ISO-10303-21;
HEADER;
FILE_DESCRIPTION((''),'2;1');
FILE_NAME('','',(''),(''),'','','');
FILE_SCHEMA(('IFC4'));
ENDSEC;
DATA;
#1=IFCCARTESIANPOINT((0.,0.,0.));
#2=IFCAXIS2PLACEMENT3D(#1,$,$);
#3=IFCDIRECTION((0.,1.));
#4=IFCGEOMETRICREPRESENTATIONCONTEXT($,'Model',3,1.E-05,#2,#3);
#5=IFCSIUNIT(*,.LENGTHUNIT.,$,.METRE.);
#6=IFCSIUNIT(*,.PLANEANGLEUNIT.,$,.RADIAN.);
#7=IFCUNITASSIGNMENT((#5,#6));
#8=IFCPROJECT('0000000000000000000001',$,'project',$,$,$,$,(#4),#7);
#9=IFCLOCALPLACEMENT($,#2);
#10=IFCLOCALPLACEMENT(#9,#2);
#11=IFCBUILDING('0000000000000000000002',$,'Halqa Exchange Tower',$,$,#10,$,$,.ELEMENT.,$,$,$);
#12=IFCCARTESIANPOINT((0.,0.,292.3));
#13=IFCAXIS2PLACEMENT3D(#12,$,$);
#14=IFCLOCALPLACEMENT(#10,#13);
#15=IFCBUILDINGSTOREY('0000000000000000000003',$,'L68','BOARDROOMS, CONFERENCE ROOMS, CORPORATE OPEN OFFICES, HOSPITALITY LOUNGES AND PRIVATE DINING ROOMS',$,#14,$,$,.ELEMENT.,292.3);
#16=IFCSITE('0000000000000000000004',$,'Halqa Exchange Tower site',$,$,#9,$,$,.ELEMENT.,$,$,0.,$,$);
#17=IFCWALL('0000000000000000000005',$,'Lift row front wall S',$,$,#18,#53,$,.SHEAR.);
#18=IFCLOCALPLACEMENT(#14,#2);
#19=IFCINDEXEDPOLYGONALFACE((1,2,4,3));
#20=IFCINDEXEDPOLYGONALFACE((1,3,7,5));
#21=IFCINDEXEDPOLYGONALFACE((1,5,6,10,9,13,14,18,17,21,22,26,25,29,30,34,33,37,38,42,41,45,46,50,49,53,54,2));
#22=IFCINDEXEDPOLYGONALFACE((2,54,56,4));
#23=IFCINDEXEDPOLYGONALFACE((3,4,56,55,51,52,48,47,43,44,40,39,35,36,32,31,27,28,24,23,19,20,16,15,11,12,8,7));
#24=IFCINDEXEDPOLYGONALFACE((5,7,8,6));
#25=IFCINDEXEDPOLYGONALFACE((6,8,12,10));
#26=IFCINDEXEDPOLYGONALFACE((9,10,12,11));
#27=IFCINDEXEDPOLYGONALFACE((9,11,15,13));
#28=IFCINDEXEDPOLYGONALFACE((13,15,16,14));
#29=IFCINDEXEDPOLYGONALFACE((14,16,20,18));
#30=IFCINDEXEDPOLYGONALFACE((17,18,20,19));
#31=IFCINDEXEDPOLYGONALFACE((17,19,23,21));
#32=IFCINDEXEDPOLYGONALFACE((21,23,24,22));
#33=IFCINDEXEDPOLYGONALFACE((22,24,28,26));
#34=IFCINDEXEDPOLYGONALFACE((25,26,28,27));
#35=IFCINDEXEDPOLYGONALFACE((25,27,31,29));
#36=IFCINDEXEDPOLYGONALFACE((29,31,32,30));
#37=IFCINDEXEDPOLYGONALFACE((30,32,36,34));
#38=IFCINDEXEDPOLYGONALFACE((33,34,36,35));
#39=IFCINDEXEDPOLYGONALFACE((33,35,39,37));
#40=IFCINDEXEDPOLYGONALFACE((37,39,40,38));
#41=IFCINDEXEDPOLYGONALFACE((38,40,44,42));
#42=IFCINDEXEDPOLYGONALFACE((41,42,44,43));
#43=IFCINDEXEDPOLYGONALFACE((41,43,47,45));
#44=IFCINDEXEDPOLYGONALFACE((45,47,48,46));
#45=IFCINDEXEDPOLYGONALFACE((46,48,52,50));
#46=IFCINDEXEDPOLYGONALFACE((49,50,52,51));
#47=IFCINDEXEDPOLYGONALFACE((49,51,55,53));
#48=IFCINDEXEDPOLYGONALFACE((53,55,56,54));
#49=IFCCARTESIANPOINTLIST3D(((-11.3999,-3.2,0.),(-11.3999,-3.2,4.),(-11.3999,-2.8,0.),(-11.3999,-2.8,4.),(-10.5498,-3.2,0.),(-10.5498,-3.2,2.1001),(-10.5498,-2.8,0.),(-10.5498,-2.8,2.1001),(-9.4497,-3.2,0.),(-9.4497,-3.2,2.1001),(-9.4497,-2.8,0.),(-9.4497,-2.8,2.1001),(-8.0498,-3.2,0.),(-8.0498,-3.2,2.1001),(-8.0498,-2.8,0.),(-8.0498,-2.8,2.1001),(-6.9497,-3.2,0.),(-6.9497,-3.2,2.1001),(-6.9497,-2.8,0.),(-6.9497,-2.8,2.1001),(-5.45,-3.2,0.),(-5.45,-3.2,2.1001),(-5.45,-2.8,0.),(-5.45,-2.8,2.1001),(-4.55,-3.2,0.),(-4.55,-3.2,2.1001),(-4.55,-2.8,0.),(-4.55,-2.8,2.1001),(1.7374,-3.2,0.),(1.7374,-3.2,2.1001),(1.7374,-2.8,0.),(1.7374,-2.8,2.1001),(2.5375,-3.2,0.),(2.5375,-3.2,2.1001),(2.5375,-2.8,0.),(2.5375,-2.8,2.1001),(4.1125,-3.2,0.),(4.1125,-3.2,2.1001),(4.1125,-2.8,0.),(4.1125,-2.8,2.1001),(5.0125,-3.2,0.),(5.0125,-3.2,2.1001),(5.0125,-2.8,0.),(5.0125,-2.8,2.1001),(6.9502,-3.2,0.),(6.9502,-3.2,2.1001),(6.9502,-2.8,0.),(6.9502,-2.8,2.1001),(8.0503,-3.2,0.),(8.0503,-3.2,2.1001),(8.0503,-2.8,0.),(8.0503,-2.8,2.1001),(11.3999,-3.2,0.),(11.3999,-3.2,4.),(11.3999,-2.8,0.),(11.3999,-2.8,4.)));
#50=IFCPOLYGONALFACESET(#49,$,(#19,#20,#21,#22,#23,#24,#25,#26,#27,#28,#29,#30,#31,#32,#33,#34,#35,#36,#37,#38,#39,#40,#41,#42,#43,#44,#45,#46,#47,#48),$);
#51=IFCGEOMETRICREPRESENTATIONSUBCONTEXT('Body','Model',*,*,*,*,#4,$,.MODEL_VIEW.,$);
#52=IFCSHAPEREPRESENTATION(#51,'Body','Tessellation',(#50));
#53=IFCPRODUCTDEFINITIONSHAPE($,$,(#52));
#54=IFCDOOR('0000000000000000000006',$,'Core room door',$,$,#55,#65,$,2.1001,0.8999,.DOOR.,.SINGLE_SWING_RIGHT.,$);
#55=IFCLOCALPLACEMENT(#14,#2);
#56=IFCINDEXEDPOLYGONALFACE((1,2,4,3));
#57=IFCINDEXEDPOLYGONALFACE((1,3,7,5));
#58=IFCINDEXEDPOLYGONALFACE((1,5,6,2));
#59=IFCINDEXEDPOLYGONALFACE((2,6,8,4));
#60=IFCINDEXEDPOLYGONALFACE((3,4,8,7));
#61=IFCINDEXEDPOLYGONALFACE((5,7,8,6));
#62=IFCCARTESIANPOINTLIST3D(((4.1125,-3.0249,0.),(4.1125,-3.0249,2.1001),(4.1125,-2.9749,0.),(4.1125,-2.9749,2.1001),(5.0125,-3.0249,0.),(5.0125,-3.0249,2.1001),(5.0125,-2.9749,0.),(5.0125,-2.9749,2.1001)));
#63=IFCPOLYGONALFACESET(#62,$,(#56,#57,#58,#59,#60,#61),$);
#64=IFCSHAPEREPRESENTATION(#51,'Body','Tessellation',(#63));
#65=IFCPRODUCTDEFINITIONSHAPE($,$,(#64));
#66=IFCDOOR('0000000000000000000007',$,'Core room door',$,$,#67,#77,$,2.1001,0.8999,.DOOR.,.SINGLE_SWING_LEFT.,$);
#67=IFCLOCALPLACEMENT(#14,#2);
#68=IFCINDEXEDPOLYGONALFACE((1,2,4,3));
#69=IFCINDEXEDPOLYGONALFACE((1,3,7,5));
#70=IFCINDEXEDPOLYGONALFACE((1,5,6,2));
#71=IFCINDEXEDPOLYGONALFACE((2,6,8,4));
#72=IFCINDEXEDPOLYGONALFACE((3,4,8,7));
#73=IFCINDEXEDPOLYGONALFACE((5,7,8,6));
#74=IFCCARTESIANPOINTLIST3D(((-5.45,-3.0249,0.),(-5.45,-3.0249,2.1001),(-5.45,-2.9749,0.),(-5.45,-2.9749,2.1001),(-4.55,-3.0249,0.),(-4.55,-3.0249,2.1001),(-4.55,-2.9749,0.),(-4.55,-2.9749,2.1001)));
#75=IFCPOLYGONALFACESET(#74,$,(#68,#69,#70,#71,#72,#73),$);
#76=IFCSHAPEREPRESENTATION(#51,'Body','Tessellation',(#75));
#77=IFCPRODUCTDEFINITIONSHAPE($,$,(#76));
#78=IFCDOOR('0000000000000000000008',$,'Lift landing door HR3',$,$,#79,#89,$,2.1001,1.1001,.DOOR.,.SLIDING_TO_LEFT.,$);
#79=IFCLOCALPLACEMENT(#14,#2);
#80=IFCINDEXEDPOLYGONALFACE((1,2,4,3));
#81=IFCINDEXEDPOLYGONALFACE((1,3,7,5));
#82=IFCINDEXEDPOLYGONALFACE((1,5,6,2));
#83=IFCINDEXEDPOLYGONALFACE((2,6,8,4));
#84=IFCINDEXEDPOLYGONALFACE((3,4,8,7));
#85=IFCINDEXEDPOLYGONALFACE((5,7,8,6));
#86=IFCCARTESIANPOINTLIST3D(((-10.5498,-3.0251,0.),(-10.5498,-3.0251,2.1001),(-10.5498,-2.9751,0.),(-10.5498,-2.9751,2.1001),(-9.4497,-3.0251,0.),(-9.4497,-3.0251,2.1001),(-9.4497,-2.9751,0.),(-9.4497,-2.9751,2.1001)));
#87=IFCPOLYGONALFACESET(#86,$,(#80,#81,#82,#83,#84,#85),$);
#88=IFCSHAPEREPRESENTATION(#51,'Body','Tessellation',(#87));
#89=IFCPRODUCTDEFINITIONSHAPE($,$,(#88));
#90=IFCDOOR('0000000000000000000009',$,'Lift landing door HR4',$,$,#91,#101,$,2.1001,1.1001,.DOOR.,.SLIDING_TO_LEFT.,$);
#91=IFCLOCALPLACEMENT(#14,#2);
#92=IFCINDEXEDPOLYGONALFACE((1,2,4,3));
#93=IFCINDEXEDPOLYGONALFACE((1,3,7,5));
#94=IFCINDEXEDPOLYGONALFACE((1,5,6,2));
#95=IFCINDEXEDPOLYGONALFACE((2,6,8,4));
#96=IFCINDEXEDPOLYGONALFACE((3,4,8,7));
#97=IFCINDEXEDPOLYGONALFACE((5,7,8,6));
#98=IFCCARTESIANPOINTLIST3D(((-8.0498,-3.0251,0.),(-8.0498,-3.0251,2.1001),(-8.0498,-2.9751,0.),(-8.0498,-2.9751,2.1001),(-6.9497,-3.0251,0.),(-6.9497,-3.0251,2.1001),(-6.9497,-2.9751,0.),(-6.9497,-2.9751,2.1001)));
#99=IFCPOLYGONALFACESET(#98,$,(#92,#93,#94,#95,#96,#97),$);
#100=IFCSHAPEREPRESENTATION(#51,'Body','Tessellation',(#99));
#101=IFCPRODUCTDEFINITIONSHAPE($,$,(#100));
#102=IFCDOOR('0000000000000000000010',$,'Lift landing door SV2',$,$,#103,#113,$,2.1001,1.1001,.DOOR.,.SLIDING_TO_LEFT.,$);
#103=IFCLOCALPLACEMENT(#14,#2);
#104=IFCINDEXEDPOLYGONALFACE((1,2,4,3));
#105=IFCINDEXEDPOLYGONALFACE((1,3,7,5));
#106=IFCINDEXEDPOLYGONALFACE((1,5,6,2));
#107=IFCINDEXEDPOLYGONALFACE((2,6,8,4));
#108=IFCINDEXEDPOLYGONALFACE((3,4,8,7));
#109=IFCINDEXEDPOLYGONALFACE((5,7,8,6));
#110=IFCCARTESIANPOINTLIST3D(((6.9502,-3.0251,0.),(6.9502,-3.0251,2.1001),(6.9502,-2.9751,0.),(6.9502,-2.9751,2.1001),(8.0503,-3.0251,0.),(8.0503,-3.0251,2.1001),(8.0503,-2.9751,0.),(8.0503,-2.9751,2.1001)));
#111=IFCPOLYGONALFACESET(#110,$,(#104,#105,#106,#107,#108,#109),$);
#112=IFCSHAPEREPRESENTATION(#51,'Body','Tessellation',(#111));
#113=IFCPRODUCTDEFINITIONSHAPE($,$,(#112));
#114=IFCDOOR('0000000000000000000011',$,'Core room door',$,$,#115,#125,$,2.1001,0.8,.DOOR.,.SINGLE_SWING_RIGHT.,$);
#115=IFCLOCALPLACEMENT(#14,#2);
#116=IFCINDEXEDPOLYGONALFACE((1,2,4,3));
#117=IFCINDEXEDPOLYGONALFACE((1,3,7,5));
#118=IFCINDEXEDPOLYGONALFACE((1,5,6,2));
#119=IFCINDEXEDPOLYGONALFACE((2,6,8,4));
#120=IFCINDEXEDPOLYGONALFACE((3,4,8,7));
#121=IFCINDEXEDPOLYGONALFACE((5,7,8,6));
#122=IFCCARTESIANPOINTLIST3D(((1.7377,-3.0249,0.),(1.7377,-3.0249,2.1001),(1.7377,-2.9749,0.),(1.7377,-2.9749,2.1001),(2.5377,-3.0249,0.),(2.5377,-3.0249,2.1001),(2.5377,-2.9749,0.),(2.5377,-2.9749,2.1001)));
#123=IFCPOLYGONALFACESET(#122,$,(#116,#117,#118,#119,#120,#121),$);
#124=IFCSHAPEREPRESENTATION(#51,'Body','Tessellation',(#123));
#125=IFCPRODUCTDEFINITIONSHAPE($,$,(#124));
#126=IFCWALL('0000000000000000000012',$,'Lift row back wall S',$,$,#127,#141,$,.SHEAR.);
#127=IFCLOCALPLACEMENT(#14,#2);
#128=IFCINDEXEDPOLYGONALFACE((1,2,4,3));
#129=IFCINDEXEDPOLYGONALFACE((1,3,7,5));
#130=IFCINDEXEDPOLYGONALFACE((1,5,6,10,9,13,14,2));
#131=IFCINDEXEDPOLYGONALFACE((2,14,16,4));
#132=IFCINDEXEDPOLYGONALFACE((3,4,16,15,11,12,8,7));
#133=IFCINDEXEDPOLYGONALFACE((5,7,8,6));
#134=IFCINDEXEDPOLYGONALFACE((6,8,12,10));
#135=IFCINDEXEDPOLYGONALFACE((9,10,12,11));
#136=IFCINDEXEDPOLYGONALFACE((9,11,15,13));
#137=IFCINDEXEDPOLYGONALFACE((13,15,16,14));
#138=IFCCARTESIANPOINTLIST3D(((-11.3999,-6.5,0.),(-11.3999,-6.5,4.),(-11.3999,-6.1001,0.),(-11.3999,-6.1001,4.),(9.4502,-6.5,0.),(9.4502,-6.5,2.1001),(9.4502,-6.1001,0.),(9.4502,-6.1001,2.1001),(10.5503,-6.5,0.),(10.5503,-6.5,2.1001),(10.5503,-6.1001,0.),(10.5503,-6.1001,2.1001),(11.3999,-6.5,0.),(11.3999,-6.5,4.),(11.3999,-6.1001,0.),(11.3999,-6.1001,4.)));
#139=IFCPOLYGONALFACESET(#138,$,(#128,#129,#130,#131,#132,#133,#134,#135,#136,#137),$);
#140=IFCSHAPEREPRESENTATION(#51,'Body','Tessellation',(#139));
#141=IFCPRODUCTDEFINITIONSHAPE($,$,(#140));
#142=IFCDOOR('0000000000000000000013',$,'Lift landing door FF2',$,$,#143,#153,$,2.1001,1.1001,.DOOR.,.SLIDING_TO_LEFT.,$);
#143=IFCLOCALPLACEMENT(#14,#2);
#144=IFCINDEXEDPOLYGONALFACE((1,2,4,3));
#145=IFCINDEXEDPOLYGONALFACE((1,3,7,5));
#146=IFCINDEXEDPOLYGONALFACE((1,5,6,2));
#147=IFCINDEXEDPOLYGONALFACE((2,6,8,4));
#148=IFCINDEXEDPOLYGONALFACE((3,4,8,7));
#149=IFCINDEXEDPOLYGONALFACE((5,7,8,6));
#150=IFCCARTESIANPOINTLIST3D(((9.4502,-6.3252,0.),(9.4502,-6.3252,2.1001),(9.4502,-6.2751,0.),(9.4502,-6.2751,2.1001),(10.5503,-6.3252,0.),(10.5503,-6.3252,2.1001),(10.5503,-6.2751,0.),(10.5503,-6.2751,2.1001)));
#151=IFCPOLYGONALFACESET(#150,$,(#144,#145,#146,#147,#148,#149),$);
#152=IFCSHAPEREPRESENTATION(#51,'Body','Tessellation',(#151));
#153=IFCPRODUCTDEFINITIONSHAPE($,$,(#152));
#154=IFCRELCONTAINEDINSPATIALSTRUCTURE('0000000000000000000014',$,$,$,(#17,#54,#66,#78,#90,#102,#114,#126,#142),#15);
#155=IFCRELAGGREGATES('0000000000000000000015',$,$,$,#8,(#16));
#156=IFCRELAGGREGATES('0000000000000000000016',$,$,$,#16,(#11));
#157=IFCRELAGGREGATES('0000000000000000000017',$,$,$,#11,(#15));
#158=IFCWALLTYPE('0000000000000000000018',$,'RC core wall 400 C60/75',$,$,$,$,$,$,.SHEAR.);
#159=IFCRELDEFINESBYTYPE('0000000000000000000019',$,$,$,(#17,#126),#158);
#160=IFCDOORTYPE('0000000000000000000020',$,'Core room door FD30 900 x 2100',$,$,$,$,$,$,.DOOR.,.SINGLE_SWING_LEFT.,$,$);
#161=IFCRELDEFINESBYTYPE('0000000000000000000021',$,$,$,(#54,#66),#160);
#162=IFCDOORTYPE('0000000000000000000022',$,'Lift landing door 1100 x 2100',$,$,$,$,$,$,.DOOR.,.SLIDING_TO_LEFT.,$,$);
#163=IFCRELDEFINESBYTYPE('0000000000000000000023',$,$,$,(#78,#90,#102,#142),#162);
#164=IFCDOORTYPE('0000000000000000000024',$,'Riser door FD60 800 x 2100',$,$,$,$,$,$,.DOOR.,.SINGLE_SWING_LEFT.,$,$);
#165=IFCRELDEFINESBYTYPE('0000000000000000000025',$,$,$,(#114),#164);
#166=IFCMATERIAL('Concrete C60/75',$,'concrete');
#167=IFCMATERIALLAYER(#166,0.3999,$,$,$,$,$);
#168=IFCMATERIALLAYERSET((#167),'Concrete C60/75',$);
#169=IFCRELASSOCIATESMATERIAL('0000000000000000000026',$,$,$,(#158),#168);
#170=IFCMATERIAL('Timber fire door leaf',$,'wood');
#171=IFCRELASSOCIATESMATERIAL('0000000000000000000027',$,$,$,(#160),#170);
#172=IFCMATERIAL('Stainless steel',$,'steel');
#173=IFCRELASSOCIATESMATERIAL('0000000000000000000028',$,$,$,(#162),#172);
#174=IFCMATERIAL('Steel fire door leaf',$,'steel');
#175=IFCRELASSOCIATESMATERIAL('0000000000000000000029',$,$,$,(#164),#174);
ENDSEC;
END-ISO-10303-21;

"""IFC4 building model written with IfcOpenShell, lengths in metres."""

from ifc_helpers import new_model, si_unit, direction, frame, frame_2d, origin, place, context, subcontext, project, spatial, rectangle, extrude, material, layer, layer_set, type_object, element, fill, save


model = new_model("IFC4")

# Units and contexts
model_context = context("Model", 3, precision=1e-05, world=origin(), true_north=direction((0.0, 1.0)))
body_context = subcontext(model_context, "Body", "Model", "MODEL_VIEW")
ifc_project = project(units=[si_unit("LENGTHUNIT", "METRE"), si_unit("PLANEANGLEUNIT", "RADIAN")], contexts=[model_context])

# Site, building, storey
site_placement = place(None, origin())
site = spatial("IfcSite", under=ifc_project, at=site_placement, Name="Halqa Exchange Tower site", CompositionType="ELEMENT", RefElevation=0.0)
building_placement = place(site_placement, origin())
building = spatial("IfcBuilding", under=site, at=building_placement, Name="Halqa Exchange Tower", CompositionType="ELEMENT")
storey_placement = place(building_placement, frame((0.0, 0.0, 292.3)))
storey = spatial("IfcBuildingStorey", under=building, at=storey_placement, Name="L68", Description="BOARDROOMS, CONFERENCE ROOMS, CORPORATE OPEN OFFICES, HOSPITALITY LOUNGES AND PRIVATE DINING ROOMS", CompositionType="ELEMENT", Elevation=292.3)

# Shared definitions
ifc_material_1 = material(Name="Concrete C60/75", Category="concrete")

# Wall, openings, doors
ifc_layer_1 = layer(ifc_material_1, 0.3999)
ifc_layer_set_1 = layer_set([ifc_layer_1], Name="Concrete C60/75")
wall_type_1 = type_object("IfcWallType", Name="RC core wall 400 C60/75", PredefinedType="SHEAR", material=ifc_layer_set_1)
wall_1_placement = place(storey_placement, frame((-11.3999, -3.0, 0.0), z_axis=(0.0, 0.0, 1.0), x_axis=(1.0, 0.0, 0.0)))
wall_1 = element("IfcWall", 1, at=wall_1_placement, inside=storey, type_object=wall_type_1, Name="Lift row front wall S", PredefinedType="SHEAR", context=body_context, shape_type="SweptSolid", body=[
    extrude(rectangle(XDim=22.7998, YDim=0.3999, at=frame_2d((11.3999, 0.0))), origin(), (0.0, 0.0, 1.0), 4.0),
])
opening_1_placement = place(wall_1_placement, frame((0.8501, 0.0, 0.0)))
opening_1 = element("IfcOpeningElement", 2, at=opening_1_placement, cuts=wall_1, PredefinedType="OPENING", context=body_context, shape_type="SweptSolid", body=[
    extrude(rectangle(XDim=1.1001, YDim=2.1001, at=frame_2d((0.55, 1.05))), frame((0.0, 0.2119, 0.0), z_axis=(0.0, -1.0, 0.0), x_axis=(1.0, 0.0, 0.0)), (0.0, 0.0, 1.0), 0.4238),
])
opening_2_placement = place(wall_1_placement, frame((3.3501, 0.0, 0.0)))
opening_2 = element("IfcOpeningElement", 3, at=opening_2_placement, cuts=wall_1, PredefinedType="OPENING", context=body_context, shape_type="SweptSolid", body=[
    extrude(rectangle(XDim=1.1001, YDim=2.1001, at=frame_2d((0.55, 1.05))), frame((0.0, 0.2119, 0.0), z_axis=(0.0, -1.0, 0.0), x_axis=(1.0, 0.0, 0.0)), (0.0, 0.0, 1.0), 0.4238),
])
opening_3_placement = place(wall_1_placement, frame((18.3501, 0.0, 0.0)))
opening_3 = element("IfcOpeningElement", 4, at=opening_3_placement, cuts=wall_1, PredefinedType="OPENING", context=body_context, shape_type="SweptSolid", body=[
    extrude(rectangle(XDim=1.1001, YDim=2.1001, at=frame_2d((0.55, 1.05))), frame((0.0, 0.2119, 0.0), z_axis=(0.0, -1.0, 0.0), x_axis=(1.0, 0.0, 0.0)), (0.0, 0.0, 1.0), 0.4238),
])
opening_4_placement = place(wall_1_placement, frame((13.1375, 0.0, 0.0)))
opening_4 = element("IfcOpeningElement", 5, at=opening_4_placement, cuts=wall_1, PredefinedType="OPENING", context=body_context, shape_type="SweptSolid", body=[
    extrude(rectangle(XDim=0.8, YDim=2.1001, at=frame_2d((0.3999, 1.05))), frame((0.0, 0.2119, 0.0), z_axis=(0.0, -1.0, 0.0), x_axis=(1.0, 0.0, 0.0)), (0.0, 0.0, 1.0), 0.4238),
])
opening_5_placement = place(wall_1_placement, frame((15.5125, 0.0, 0.0)))
opening_5 = element("IfcOpeningElement", 6, at=opening_5_placement, cuts=wall_1, PredefinedType="OPENING", context=body_context, shape_type="SweptSolid", body=[
    extrude(rectangle(XDim=0.8999, YDim=2.1001, at=frame_2d((0.45, 1.05))), frame((0.0, 0.2119, 0.0), z_axis=(0.0, -1.0, 0.0), x_axis=(1.0, 0.0, 0.0)), (0.0, 0.0, 1.0), 0.4238),
])
opening_6_placement = place(wall_1_placement, frame((5.95, 0.0, 0.0)))
opening_6 = element("IfcOpeningElement", 7, at=opening_6_placement, cuts=wall_1, PredefinedType="OPENING", context=body_context, shape_type="SweptSolid", body=[
    extrude(rectangle(XDim=0.8999, YDim=2.1001, at=frame_2d((0.45, 1.05))), frame((0.0, 0.2119, 0.0), z_axis=(0.0, -1.0, 0.0), x_axis=(1.0, 0.0, 0.0)), (0.0, 0.0, 1.0), 0.4238),
])
ifc_material_2 = material(Name="Timber fire door leaf", Category="wood")
door_type_1 = type_object("IfcDoorType", Name="Core room door FD30 900 x 2100", OperationType="SINGLE_SWING_LEFT", PredefinedType="DOOR", material=ifc_material_2)
door_1_placement = place(opening_5_placement, frame((0.8999, 0.0, 0.0), z_axis=(0.0, 0.0, 1.0), x_axis=(-1.0, 0.0, 0.0)))
door_1 = element("IfcDoor", 8, at=door_1_placement, inside=storey, type_object=door_type_1, Name="Core room door", OperationType="SINGLE_SWING_RIGHT", OverallHeight=2.1001, OverallWidth=0.8999, PredefinedType="DOOR", context=body_context, shape_type="SweptSolid", body=[
    extrude(rectangle(XDim=0.8999, YDim=2.1001, at=frame_2d((0.45, 1.05))), frame((0.0, 0.0249, 0.0), z_axis=(0.0, -1.0, 0.0), x_axis=(1.0, 0.0, 0.0)), (0.0, 0.0, 1.0), 0.05),
])
fill(opening_5, door_1)
door_2_placement = place(opening_6_placement, frame((0.8999, 0.0, 0.0), z_axis=(0.0, 0.0, 1.0), x_axis=(-1.0, 0.0, 0.0)))
door_2 = element("IfcDoor", 9, at=door_2_placement, inside=storey, type_object=door_type_1, Name="Core room door", OperationType="SINGLE_SWING_LEFT", OverallHeight=2.1001, OverallWidth=0.8999, PredefinedType="DOOR", context=body_context, shape_type="SweptSolid", body=[
    extrude(rectangle(XDim=0.8999, YDim=2.1001, at=frame_2d((0.45, 1.05))), frame((0.0, 0.0249, 0.0), z_axis=(0.0, -1.0, 0.0), x_axis=(1.0, 0.0, 0.0)), (0.0, 0.0, 1.0), 0.05),
])
fill(opening_6, door_2)
ifc_material_3 = material(Name="Stainless steel", Category="steel")
door_type_2 = type_object("IfcDoorType", Name="Lift landing door 1100 x 2100", OperationType="SLIDING_TO_LEFT", PredefinedType="DOOR", material=ifc_material_3)
door_3_placement = place(opening_1_placement, origin())
door_3 = element("IfcDoor", 10, at=door_3_placement, inside=storey, type_object=door_type_2, Name="Lift landing door HR3", OperationType="SLIDING_TO_LEFT", OverallHeight=2.1001, OverallWidth=1.1001, PredefinedType="DOOR", context=body_context, shape_type="SweptSolid", body=[
    extrude(rectangle(XDim=1.1001, YDim=2.1001, at=frame_2d((0.55, 1.05))), frame((0.0, 0.0249, 0.0), z_axis=(0.0, -1.0, 0.0), x_axis=(1.0, 0.0, 0.0)), (0.0, 0.0, 1.0), 0.05),
])
fill(opening_1, door_3)
door_4_placement = place(opening_2_placement, origin())
door_4 = element("IfcDoor", 11, at=door_4_placement, inside=storey, type_object=door_type_2, Name="Lift landing door HR4", OperationType="SLIDING_TO_LEFT", OverallHeight=2.1001, OverallWidth=1.1001, PredefinedType="DOOR", context=body_context, shape_type="SweptSolid", body=[
    extrude(rectangle(XDim=1.1001, YDim=2.1001, at=frame_2d((0.55, 1.05))), frame((0.0, 0.0249, 0.0), z_axis=(0.0, -1.0, 0.0), x_axis=(1.0, 0.0, 0.0)), (0.0, 0.0, 1.0), 0.05),
])
fill(opening_2, door_4)
door_5_placement = place(opening_3_placement, origin())
door_5 = element("IfcDoor", 12, at=door_5_placement, inside=storey, type_object=door_type_2, Name="Lift landing door SV2", OperationType="SLIDING_TO_LEFT", OverallHeight=2.1001, OverallWidth=1.1001, PredefinedType="DOOR", context=body_context, shape_type="SweptSolid", body=[
    extrude(rectangle(XDim=1.1001, YDim=2.1001, at=frame_2d((0.55, 1.05))), frame((0.0, 0.0249, 0.0), z_axis=(0.0, -1.0, 0.0), x_axis=(1.0, 0.0, 0.0)), (0.0, 0.0, 1.0), 0.05),
])
fill(opening_3, door_5)
ifc_material_4 = material(Name="Steel fire door leaf", Category="steel")
door_type_3 = type_object("IfcDoorType", Name="Riser door FD60 800 x 2100", OperationType="SINGLE_SWING_LEFT", PredefinedType="DOOR", material=ifc_material_4)
door_6_placement = place(opening_4_placement, frame((0.8, 0.0, 0.0), z_axis=(0.0, 0.0, 1.0), x_axis=(-1.0, 0.0, 0.0)))
door_6 = element("IfcDoor", 13, at=door_6_placement, inside=storey, type_object=door_type_3, Name="Core room door", OperationType="SINGLE_SWING_RIGHT", OverallHeight=2.1001, OverallWidth=0.8, PredefinedType="DOOR", context=body_context, shape_type="SweptSolid", body=[
    extrude(rectangle(XDim=0.8, YDim=2.1001, at=frame_2d((0.3999, 1.05))), frame((0.0, 0.0249, 0.0), z_axis=(0.0, -1.0, 0.0), x_axis=(1.0, 0.0, 0.0)), (0.0, 0.0, 1.0), 0.05),
])
fill(opening_4, door_6)

# Wall, opening, door
wall_2_placement = place(storey_placement, frame((-11.3999, -6.3, 0.0), z_axis=(0.0, 0.0, 1.0), x_axis=(1.0, 0.0, 0.0)))
wall_2 = element("IfcWall", 14, at=wall_2_placement, inside=storey, type_object=wall_type_1, Name="Lift row back wall S", PredefinedType="SHEAR", context=body_context, shape_type="SweptSolid", body=[
    extrude(rectangle(XDim=22.7998, YDim=0.3999, at=frame_2d((11.3999, 0.0))), origin(), (0.0, 0.0, 1.0), 4.0),
])
opening_7_placement = place(wall_2_placement, frame((20.8501, 0.0, 0.0)))
opening_7 = element("IfcOpeningElement", 15, at=opening_7_placement, cuts=wall_2, PredefinedType="OPENING", context=body_context, shape_type="SweptSolid", body=[
    extrude(rectangle(XDim=1.1001, YDim=2.1001, at=frame_2d((0.55, 1.05))), frame((0.0, 0.2119, 0.0), z_axis=(0.0, -1.0, 0.0), x_axis=(1.0, 0.0, 0.0)), (0.0, 0.0, 1.0), 0.4238),
])
door_7_placement = place(opening_7_placement, origin())
door_7 = element("IfcDoor", 16, at=door_7_placement, inside=storey, type_object=door_type_2, Name="Lift landing door FF2", OperationType="SLIDING_TO_LEFT", OverallHeight=2.1001, OverallWidth=1.1001, PredefinedType="DOOR", context=body_context, shape_type="SweptSolid", body=[
    extrude(rectangle(XDim=1.1001, YDim=2.1001, at=frame_2d((0.55, 1.05))), frame((0.0, 0.0249, 0.0), z_axis=(0.0, -1.0, 0.0), x_axis=(1.0, 0.0, 0.0)), (0.0, 0.0, 1.0), 0.05),
])
fill(opening_7, door_7)

save(model, "model.ifc")
